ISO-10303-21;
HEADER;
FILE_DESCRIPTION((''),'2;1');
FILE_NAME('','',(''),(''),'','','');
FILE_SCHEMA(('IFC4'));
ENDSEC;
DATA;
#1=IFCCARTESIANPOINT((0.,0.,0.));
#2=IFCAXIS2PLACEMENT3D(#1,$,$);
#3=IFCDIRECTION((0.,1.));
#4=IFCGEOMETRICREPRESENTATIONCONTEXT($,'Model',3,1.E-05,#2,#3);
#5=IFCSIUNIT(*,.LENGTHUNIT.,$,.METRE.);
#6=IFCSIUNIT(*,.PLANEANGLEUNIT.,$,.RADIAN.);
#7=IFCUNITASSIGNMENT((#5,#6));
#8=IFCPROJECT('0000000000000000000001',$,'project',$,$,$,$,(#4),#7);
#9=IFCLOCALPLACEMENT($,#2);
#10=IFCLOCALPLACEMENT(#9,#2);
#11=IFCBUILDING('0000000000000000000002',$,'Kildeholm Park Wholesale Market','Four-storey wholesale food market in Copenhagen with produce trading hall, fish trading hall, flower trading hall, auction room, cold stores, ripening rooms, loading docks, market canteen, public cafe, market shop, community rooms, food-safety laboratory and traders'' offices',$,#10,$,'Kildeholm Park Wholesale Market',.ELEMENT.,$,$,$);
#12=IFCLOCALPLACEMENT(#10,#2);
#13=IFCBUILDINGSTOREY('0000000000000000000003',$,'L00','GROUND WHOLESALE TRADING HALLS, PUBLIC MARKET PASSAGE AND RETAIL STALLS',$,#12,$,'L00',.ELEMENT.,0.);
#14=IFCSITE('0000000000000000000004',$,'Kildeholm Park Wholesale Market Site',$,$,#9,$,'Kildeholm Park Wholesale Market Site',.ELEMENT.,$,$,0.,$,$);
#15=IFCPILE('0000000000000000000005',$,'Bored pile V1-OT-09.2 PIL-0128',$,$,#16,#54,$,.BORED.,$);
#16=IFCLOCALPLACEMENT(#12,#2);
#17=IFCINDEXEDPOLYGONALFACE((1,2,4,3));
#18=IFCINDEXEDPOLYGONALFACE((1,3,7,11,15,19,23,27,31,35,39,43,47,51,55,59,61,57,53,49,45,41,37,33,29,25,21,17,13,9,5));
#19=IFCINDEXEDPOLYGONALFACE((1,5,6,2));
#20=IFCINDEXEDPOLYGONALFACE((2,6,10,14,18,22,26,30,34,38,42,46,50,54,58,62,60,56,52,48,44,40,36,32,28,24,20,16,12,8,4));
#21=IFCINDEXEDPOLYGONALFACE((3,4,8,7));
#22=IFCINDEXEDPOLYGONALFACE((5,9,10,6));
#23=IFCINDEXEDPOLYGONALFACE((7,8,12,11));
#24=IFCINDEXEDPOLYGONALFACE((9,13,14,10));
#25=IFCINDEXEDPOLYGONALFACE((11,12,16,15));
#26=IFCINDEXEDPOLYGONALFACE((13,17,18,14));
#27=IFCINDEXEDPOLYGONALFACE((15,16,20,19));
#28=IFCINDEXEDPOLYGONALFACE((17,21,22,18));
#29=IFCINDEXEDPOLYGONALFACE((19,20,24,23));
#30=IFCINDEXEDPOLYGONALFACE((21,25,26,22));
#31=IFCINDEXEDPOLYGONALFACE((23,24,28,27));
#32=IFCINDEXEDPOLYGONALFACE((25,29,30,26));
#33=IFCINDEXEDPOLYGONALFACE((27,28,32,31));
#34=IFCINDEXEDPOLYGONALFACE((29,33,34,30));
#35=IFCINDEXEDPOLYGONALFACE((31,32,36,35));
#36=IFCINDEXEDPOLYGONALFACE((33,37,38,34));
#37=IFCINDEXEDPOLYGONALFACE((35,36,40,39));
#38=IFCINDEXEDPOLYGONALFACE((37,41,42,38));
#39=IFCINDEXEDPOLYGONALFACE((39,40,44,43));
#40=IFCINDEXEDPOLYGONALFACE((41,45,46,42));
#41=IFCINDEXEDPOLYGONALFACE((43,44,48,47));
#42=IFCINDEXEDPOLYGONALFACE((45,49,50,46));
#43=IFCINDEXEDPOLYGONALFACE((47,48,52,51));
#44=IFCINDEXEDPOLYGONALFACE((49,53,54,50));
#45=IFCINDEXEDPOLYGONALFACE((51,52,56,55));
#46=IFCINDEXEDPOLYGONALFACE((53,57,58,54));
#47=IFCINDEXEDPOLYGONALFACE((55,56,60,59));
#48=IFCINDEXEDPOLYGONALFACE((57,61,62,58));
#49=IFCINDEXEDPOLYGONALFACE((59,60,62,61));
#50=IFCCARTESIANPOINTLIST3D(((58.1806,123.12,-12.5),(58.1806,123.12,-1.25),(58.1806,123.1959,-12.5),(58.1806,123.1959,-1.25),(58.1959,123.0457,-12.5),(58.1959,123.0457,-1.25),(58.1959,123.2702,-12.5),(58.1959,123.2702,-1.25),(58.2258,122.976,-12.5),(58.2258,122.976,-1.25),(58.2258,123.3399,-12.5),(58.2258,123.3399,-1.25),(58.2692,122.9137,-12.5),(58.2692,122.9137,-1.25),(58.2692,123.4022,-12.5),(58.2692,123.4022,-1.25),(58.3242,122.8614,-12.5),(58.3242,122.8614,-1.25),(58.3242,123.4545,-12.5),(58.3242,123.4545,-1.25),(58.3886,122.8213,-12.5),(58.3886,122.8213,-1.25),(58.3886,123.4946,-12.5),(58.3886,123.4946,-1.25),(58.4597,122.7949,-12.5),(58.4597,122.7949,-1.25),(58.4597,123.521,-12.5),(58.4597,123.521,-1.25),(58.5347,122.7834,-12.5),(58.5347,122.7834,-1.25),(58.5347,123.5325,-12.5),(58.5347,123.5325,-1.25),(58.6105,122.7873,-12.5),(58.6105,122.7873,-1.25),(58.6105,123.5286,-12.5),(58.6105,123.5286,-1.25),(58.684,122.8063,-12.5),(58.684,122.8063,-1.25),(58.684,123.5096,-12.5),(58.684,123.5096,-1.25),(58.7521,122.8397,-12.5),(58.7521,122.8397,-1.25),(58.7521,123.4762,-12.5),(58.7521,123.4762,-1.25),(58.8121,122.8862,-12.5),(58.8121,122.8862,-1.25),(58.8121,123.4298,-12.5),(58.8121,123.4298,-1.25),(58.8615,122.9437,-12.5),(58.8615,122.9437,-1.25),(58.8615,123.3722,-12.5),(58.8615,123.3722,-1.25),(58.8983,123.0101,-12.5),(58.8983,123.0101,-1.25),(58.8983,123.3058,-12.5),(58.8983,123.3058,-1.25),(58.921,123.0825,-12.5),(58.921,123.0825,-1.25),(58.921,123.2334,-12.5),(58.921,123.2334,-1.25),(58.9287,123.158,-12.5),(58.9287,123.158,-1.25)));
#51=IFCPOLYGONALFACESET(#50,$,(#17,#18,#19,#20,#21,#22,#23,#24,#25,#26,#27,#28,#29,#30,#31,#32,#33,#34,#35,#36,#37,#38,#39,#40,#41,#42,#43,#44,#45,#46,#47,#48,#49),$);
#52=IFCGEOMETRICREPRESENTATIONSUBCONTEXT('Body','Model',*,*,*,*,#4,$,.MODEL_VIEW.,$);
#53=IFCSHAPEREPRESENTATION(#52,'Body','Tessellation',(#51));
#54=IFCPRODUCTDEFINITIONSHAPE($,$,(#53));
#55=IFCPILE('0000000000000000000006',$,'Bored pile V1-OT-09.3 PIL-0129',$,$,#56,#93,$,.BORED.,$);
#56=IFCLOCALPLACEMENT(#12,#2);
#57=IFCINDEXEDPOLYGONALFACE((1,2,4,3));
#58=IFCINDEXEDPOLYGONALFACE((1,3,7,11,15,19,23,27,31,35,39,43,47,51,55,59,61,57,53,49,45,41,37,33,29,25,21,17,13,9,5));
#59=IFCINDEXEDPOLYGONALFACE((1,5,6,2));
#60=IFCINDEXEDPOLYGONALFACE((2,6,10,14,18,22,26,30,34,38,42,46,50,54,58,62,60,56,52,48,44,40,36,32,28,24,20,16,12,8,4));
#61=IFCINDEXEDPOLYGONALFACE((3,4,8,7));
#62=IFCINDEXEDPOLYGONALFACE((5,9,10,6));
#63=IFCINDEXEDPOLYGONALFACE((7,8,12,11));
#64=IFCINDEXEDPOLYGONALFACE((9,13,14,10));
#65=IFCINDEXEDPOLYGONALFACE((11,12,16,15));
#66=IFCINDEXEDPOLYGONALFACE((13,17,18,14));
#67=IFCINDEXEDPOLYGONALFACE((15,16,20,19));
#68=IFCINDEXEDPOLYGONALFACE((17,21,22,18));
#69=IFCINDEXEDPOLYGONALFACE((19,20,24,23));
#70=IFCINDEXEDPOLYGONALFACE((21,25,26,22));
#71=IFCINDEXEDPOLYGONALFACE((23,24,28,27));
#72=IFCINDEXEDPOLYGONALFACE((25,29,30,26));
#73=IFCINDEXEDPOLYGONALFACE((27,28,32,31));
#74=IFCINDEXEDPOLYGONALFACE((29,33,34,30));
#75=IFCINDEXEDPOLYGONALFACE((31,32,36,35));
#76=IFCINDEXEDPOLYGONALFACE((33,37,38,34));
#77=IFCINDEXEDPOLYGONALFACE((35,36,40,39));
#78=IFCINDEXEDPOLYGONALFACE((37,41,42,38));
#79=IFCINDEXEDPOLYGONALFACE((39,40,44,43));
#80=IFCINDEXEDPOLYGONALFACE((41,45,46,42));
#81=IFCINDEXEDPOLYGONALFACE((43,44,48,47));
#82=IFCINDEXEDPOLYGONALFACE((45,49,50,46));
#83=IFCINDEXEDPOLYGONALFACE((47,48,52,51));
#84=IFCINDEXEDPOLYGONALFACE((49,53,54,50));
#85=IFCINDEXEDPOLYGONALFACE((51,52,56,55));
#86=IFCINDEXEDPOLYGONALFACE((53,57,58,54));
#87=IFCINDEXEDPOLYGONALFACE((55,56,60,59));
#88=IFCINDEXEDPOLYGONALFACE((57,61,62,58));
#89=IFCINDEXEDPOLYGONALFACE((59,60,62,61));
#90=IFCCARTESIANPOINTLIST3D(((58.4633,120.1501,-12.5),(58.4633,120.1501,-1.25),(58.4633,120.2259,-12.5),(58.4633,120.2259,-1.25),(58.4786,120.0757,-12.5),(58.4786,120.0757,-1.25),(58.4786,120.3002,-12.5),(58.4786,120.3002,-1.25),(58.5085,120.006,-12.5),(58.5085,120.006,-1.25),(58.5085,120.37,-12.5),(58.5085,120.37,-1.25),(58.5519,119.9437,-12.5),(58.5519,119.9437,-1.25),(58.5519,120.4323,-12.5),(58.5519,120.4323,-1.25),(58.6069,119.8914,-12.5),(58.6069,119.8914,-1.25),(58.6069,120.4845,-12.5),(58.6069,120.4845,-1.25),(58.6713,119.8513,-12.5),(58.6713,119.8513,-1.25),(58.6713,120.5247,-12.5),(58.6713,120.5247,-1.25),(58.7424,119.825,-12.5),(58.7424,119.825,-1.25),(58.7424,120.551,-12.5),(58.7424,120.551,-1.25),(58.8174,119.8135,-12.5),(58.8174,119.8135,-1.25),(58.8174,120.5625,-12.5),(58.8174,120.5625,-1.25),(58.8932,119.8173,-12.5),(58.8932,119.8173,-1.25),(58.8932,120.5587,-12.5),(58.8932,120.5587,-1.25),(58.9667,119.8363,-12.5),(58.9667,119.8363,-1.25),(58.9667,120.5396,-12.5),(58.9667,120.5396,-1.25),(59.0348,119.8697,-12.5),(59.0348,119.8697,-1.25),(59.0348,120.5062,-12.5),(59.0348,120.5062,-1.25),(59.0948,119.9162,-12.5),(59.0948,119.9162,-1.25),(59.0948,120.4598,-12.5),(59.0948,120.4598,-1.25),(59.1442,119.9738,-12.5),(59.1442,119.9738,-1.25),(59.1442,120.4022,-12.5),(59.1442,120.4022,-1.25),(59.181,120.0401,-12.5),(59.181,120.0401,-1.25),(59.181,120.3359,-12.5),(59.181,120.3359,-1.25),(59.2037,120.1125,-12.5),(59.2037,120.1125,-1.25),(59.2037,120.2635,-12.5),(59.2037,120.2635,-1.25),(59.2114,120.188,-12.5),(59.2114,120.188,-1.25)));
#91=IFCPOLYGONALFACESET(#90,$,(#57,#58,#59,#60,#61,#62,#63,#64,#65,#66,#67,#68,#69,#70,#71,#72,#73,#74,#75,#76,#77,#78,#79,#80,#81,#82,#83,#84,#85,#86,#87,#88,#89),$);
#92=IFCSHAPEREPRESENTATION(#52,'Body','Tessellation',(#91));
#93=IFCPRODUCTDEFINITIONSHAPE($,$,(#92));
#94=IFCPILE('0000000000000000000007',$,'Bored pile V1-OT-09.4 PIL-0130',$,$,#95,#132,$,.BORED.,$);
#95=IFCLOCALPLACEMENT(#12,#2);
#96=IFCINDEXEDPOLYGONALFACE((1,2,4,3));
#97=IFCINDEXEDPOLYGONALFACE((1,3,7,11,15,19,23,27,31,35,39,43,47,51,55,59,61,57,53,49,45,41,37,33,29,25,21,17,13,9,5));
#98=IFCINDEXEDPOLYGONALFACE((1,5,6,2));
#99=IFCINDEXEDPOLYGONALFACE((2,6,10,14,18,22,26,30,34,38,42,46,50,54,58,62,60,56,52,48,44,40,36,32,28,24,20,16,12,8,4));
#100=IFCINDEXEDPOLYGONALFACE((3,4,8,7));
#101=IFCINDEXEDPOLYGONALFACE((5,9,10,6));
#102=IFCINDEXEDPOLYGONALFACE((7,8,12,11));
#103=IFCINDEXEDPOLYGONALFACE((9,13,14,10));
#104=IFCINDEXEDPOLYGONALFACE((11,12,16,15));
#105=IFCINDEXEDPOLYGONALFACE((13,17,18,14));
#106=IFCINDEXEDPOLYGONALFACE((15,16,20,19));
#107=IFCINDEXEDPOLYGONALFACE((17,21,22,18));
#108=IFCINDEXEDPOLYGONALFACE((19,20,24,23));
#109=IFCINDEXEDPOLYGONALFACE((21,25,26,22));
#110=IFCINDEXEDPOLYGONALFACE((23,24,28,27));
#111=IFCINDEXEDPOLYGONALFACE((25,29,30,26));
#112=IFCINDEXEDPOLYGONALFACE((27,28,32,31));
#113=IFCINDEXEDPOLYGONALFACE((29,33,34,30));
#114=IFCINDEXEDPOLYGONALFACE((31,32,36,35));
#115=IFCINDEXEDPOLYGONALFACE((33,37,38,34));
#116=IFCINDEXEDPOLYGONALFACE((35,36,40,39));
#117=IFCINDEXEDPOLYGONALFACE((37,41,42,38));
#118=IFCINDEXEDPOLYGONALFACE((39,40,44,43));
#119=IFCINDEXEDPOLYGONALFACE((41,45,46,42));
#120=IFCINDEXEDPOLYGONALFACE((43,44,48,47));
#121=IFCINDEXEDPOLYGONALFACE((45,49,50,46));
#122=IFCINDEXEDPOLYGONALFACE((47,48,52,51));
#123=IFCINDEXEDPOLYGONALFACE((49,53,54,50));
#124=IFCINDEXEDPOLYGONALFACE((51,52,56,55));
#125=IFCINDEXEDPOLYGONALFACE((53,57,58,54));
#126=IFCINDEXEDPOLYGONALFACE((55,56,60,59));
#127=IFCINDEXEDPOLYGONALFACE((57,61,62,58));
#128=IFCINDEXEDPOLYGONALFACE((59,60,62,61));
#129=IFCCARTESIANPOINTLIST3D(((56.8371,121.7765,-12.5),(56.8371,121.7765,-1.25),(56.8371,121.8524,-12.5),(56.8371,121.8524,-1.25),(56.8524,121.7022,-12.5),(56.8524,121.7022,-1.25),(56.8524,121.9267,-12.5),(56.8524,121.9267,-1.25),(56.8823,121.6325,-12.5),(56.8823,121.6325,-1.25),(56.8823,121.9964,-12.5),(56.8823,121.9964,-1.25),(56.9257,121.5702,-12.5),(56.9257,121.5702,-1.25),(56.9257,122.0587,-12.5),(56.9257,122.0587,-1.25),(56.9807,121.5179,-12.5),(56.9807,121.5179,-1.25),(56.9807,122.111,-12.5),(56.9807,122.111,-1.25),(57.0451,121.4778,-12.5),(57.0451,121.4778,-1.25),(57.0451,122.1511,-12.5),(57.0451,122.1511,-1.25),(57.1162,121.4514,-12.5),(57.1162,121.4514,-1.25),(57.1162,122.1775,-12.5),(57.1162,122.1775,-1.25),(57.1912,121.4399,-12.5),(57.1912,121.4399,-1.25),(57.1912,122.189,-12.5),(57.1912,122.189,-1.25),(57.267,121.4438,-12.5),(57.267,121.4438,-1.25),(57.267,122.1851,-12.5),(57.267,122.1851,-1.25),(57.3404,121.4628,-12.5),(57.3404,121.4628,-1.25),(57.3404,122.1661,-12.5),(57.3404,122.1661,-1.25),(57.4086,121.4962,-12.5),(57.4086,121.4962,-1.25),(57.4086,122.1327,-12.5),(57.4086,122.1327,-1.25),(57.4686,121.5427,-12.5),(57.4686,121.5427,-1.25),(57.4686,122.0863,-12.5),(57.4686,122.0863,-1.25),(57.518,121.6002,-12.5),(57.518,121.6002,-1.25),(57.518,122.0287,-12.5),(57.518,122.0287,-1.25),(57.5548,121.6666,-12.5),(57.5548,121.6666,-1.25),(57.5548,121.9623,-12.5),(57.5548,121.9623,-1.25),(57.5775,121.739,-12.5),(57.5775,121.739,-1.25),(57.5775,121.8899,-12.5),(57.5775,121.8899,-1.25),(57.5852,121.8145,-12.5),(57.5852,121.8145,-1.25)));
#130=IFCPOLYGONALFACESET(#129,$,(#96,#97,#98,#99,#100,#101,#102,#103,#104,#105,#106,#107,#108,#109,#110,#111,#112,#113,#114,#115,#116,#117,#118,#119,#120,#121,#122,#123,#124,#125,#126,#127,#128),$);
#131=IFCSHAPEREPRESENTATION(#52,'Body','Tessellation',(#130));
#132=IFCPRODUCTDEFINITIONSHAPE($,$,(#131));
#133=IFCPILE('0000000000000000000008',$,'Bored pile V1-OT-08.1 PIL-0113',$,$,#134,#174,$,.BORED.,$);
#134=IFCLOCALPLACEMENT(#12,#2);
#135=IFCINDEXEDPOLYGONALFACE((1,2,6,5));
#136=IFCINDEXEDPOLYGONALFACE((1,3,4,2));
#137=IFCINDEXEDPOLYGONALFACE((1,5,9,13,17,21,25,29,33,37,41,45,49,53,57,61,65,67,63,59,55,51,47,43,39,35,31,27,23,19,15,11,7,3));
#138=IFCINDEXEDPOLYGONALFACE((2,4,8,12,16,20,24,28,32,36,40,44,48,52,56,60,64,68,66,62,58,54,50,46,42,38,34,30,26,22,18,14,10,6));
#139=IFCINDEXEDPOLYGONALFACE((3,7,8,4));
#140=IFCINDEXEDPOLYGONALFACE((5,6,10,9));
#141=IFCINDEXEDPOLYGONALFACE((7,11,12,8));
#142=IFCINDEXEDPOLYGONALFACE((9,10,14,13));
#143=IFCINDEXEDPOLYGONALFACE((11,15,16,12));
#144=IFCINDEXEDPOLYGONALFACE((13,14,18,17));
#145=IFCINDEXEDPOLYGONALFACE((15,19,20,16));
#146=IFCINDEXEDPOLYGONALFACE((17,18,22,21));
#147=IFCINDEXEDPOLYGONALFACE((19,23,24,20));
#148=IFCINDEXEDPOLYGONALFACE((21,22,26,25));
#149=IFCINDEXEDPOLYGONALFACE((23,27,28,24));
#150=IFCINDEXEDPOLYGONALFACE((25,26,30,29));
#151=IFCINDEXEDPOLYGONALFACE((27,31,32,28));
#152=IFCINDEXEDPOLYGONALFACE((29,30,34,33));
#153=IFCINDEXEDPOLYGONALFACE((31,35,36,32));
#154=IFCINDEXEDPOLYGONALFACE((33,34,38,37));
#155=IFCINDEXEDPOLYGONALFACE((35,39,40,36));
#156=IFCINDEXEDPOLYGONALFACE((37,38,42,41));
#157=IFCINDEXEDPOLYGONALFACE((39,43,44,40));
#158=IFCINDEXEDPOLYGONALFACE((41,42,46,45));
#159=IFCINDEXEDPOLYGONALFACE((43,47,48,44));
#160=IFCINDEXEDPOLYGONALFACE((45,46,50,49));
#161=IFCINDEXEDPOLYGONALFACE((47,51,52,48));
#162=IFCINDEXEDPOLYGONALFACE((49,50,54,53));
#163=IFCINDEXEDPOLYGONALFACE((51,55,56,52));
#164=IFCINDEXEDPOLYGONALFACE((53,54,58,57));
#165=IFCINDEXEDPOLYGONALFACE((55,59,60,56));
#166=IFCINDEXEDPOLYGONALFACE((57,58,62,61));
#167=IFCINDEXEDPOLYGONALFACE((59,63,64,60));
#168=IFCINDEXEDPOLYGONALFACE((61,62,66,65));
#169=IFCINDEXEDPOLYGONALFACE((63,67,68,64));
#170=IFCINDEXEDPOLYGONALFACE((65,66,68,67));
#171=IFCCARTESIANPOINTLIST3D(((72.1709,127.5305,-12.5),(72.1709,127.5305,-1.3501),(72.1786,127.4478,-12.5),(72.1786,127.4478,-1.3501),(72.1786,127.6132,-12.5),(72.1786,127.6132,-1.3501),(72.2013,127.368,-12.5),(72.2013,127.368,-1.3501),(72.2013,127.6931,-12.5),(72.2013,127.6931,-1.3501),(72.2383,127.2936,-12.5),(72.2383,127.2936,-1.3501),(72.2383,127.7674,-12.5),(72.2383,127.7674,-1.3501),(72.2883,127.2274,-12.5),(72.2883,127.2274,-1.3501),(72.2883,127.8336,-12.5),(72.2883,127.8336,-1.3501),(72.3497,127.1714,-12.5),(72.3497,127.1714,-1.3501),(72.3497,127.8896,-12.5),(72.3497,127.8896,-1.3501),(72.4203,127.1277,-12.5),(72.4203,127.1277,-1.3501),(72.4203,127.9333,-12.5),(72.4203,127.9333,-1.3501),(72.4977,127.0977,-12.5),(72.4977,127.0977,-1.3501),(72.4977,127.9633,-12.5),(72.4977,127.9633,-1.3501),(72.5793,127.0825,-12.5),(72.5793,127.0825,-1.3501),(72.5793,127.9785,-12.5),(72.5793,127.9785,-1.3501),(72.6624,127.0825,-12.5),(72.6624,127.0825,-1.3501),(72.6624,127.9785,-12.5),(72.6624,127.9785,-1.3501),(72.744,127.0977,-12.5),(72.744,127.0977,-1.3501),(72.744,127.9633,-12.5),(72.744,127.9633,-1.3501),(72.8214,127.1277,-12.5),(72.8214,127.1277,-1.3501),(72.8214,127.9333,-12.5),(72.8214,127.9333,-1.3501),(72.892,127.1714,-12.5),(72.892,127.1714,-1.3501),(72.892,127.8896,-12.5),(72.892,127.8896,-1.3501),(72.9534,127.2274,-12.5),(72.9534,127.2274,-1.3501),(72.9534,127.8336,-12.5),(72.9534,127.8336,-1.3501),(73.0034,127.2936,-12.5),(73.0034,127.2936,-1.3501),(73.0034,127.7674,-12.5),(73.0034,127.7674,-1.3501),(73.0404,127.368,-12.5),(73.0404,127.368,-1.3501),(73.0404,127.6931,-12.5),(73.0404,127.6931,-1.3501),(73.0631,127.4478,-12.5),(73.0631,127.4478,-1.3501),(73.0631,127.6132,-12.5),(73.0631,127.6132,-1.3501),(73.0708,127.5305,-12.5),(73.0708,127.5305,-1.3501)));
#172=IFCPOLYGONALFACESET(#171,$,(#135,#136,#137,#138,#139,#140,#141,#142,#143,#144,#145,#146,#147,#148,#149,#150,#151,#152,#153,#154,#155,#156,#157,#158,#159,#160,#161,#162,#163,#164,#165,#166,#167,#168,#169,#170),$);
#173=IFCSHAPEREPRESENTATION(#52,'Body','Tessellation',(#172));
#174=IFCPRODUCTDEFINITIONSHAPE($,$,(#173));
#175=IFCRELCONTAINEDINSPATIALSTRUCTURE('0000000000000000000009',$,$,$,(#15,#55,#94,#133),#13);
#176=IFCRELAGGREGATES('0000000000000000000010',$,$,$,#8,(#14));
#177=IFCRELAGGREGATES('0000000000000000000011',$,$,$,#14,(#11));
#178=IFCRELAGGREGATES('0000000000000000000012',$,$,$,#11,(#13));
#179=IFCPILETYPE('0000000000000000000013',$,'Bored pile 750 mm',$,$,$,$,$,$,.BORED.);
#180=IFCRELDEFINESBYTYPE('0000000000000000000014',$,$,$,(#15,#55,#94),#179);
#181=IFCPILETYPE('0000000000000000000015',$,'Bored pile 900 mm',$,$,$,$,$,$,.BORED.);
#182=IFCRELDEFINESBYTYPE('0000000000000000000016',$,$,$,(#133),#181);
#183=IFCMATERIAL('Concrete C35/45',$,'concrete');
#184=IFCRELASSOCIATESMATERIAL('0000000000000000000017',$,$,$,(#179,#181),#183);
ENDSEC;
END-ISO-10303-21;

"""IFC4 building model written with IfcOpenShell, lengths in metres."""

from ifc_helpers import new_model, si_unit, direction, frame, origin, origin_2d, place, context, subcontext, project, spatial, circle, extrude, material, material_profile, profile_set, type_object, element, save


model = new_model("IFC4")

# Units and contexts
model_context = context("Model", 3, precision=1e-05, world=origin(), true_north=direction((0.0, 1.0)))
body_context = subcontext(model_context, "Body", "Model", "MODEL_VIEW")
ifc_project = project(units=[si_unit("LENGTHUNIT", "METRE"), si_unit("PLANEANGLEUNIT", "RADIAN")], contexts=[model_context])

# Site, building, storey
site_placement = place(None, origin())
site = spatial("IfcSite", under=ifc_project, at=site_placement, Name="Kildeholm Park Wholesale Market Site", LongName="Kildeholm Park Wholesale Market Site", CompositionType="ELEMENT", RefElevation=0.0)
building_placement = place(site_placement, origin())
building = spatial("IfcBuilding", under=site, at=building_placement, Name="Kildeholm Park Wholesale Market", Description="Four-storey wholesale food market in Copenhagen with produce trading hall, fish trading hall, flower trading hall, auction room, cold stores, ripening rooms, loading docks, market canteen, public cafe, market shop, community rooms, food-safety laboratory and traders' offices", LongName="Kildeholm Park Wholesale Market", CompositionType="ELEMENT")
storey_placement = place(building_placement, origin())
storey = spatial("IfcBuildingStorey", under=building, at=storey_placement, Name="L00", Description="GROUND WHOLESALE TRADING HALLS, PUBLIC MARKET PASSAGE AND RETAIL STALLS", LongName="L00", CompositionType="ELEMENT", Elevation=0.0)

# Piles
ifc_material_1 = material(Name="Concrete C35/45", Category="concrete")
ifc_material_profile_1 = material_profile(ifc_material_1, circle(Radius=0.375, at=origin_2d()), Name="PILE D750")
ifc_profile_set_1 = profile_set([ifc_material_profile_1], Name="Concrete C35/45")
pile_type_1 = type_object("IfcPileType", Name="Bored pile 750 mm", PredefinedType="BORED", material=ifc_profile_set_1)
for number, where, z_axis, x_axis, name in (
    (1, (58.5537, 123.158, -1.25), (0.0, 0.0, -1.0), (1.0, 0.0, 0.0), "Bored pile V1-OT-09.2 PIL-0128"),
    (2, (58.8364, 120.188, -1.25), (0.0, 0.0, -1.0), (1.0, 0.0, 0.0), "Bored pile V1-OT-09.3 PIL-0129"),
    (3, (57.2102, 121.8145, -1.25), (0.0, 0.0, -1.0), (1.0, 0.0, 0.0), "Bored pile V1-OT-09.4 PIL-0130"),
):
    element("IfcPile", number, at=place(storey_placement, frame(where, z_axis=z_axis, x_axis=x_axis)), inside=storey, type_object=pile_type_1, Name=name, PredefinedType="BORED", context=body_context, shape_type="SweptSolid", body=[
        extrude(circle(Radius=0.375, at=origin_2d()), origin(), (0.0, 0.0, 1.0), 11.25),
    ])
ifc_material_profile_2 = material_profile(ifc_material_1, circle(Radius=0.45, at=origin_2d()), Name="PILE D900")
ifc_profile_set_2 = profile_set([ifc_material_profile_2], Name="Concrete C35/45")
pile_type_2 = type_object("IfcPileType", Name="Bored pile 900 mm", PredefinedType="BORED", material=ifc_profile_set_2)
for number, where, z_axis, x_axis, name in (
    (4, (72.6208, 127.5305, -1.3501), (0.0, 0.0, -1.0), (1.0, 0.0, 0.0), "Bored pile V1-OT-08.1 PIL-0113"),
):
    element("IfcPile", number, at=place(storey_placement, frame(where, z_axis=z_axis, x_axis=x_axis)), inside=storey, type_object=pile_type_2, Name=name, PredefinedType="BORED", context=body_context, shape_type="SweptSolid", body=[
        extrude(circle(Radius=0.45, at=origin_2d()), origin(), (0.0, 0.0, 1.0), 11.1499),
    ])

save(model, "model.ifc")
